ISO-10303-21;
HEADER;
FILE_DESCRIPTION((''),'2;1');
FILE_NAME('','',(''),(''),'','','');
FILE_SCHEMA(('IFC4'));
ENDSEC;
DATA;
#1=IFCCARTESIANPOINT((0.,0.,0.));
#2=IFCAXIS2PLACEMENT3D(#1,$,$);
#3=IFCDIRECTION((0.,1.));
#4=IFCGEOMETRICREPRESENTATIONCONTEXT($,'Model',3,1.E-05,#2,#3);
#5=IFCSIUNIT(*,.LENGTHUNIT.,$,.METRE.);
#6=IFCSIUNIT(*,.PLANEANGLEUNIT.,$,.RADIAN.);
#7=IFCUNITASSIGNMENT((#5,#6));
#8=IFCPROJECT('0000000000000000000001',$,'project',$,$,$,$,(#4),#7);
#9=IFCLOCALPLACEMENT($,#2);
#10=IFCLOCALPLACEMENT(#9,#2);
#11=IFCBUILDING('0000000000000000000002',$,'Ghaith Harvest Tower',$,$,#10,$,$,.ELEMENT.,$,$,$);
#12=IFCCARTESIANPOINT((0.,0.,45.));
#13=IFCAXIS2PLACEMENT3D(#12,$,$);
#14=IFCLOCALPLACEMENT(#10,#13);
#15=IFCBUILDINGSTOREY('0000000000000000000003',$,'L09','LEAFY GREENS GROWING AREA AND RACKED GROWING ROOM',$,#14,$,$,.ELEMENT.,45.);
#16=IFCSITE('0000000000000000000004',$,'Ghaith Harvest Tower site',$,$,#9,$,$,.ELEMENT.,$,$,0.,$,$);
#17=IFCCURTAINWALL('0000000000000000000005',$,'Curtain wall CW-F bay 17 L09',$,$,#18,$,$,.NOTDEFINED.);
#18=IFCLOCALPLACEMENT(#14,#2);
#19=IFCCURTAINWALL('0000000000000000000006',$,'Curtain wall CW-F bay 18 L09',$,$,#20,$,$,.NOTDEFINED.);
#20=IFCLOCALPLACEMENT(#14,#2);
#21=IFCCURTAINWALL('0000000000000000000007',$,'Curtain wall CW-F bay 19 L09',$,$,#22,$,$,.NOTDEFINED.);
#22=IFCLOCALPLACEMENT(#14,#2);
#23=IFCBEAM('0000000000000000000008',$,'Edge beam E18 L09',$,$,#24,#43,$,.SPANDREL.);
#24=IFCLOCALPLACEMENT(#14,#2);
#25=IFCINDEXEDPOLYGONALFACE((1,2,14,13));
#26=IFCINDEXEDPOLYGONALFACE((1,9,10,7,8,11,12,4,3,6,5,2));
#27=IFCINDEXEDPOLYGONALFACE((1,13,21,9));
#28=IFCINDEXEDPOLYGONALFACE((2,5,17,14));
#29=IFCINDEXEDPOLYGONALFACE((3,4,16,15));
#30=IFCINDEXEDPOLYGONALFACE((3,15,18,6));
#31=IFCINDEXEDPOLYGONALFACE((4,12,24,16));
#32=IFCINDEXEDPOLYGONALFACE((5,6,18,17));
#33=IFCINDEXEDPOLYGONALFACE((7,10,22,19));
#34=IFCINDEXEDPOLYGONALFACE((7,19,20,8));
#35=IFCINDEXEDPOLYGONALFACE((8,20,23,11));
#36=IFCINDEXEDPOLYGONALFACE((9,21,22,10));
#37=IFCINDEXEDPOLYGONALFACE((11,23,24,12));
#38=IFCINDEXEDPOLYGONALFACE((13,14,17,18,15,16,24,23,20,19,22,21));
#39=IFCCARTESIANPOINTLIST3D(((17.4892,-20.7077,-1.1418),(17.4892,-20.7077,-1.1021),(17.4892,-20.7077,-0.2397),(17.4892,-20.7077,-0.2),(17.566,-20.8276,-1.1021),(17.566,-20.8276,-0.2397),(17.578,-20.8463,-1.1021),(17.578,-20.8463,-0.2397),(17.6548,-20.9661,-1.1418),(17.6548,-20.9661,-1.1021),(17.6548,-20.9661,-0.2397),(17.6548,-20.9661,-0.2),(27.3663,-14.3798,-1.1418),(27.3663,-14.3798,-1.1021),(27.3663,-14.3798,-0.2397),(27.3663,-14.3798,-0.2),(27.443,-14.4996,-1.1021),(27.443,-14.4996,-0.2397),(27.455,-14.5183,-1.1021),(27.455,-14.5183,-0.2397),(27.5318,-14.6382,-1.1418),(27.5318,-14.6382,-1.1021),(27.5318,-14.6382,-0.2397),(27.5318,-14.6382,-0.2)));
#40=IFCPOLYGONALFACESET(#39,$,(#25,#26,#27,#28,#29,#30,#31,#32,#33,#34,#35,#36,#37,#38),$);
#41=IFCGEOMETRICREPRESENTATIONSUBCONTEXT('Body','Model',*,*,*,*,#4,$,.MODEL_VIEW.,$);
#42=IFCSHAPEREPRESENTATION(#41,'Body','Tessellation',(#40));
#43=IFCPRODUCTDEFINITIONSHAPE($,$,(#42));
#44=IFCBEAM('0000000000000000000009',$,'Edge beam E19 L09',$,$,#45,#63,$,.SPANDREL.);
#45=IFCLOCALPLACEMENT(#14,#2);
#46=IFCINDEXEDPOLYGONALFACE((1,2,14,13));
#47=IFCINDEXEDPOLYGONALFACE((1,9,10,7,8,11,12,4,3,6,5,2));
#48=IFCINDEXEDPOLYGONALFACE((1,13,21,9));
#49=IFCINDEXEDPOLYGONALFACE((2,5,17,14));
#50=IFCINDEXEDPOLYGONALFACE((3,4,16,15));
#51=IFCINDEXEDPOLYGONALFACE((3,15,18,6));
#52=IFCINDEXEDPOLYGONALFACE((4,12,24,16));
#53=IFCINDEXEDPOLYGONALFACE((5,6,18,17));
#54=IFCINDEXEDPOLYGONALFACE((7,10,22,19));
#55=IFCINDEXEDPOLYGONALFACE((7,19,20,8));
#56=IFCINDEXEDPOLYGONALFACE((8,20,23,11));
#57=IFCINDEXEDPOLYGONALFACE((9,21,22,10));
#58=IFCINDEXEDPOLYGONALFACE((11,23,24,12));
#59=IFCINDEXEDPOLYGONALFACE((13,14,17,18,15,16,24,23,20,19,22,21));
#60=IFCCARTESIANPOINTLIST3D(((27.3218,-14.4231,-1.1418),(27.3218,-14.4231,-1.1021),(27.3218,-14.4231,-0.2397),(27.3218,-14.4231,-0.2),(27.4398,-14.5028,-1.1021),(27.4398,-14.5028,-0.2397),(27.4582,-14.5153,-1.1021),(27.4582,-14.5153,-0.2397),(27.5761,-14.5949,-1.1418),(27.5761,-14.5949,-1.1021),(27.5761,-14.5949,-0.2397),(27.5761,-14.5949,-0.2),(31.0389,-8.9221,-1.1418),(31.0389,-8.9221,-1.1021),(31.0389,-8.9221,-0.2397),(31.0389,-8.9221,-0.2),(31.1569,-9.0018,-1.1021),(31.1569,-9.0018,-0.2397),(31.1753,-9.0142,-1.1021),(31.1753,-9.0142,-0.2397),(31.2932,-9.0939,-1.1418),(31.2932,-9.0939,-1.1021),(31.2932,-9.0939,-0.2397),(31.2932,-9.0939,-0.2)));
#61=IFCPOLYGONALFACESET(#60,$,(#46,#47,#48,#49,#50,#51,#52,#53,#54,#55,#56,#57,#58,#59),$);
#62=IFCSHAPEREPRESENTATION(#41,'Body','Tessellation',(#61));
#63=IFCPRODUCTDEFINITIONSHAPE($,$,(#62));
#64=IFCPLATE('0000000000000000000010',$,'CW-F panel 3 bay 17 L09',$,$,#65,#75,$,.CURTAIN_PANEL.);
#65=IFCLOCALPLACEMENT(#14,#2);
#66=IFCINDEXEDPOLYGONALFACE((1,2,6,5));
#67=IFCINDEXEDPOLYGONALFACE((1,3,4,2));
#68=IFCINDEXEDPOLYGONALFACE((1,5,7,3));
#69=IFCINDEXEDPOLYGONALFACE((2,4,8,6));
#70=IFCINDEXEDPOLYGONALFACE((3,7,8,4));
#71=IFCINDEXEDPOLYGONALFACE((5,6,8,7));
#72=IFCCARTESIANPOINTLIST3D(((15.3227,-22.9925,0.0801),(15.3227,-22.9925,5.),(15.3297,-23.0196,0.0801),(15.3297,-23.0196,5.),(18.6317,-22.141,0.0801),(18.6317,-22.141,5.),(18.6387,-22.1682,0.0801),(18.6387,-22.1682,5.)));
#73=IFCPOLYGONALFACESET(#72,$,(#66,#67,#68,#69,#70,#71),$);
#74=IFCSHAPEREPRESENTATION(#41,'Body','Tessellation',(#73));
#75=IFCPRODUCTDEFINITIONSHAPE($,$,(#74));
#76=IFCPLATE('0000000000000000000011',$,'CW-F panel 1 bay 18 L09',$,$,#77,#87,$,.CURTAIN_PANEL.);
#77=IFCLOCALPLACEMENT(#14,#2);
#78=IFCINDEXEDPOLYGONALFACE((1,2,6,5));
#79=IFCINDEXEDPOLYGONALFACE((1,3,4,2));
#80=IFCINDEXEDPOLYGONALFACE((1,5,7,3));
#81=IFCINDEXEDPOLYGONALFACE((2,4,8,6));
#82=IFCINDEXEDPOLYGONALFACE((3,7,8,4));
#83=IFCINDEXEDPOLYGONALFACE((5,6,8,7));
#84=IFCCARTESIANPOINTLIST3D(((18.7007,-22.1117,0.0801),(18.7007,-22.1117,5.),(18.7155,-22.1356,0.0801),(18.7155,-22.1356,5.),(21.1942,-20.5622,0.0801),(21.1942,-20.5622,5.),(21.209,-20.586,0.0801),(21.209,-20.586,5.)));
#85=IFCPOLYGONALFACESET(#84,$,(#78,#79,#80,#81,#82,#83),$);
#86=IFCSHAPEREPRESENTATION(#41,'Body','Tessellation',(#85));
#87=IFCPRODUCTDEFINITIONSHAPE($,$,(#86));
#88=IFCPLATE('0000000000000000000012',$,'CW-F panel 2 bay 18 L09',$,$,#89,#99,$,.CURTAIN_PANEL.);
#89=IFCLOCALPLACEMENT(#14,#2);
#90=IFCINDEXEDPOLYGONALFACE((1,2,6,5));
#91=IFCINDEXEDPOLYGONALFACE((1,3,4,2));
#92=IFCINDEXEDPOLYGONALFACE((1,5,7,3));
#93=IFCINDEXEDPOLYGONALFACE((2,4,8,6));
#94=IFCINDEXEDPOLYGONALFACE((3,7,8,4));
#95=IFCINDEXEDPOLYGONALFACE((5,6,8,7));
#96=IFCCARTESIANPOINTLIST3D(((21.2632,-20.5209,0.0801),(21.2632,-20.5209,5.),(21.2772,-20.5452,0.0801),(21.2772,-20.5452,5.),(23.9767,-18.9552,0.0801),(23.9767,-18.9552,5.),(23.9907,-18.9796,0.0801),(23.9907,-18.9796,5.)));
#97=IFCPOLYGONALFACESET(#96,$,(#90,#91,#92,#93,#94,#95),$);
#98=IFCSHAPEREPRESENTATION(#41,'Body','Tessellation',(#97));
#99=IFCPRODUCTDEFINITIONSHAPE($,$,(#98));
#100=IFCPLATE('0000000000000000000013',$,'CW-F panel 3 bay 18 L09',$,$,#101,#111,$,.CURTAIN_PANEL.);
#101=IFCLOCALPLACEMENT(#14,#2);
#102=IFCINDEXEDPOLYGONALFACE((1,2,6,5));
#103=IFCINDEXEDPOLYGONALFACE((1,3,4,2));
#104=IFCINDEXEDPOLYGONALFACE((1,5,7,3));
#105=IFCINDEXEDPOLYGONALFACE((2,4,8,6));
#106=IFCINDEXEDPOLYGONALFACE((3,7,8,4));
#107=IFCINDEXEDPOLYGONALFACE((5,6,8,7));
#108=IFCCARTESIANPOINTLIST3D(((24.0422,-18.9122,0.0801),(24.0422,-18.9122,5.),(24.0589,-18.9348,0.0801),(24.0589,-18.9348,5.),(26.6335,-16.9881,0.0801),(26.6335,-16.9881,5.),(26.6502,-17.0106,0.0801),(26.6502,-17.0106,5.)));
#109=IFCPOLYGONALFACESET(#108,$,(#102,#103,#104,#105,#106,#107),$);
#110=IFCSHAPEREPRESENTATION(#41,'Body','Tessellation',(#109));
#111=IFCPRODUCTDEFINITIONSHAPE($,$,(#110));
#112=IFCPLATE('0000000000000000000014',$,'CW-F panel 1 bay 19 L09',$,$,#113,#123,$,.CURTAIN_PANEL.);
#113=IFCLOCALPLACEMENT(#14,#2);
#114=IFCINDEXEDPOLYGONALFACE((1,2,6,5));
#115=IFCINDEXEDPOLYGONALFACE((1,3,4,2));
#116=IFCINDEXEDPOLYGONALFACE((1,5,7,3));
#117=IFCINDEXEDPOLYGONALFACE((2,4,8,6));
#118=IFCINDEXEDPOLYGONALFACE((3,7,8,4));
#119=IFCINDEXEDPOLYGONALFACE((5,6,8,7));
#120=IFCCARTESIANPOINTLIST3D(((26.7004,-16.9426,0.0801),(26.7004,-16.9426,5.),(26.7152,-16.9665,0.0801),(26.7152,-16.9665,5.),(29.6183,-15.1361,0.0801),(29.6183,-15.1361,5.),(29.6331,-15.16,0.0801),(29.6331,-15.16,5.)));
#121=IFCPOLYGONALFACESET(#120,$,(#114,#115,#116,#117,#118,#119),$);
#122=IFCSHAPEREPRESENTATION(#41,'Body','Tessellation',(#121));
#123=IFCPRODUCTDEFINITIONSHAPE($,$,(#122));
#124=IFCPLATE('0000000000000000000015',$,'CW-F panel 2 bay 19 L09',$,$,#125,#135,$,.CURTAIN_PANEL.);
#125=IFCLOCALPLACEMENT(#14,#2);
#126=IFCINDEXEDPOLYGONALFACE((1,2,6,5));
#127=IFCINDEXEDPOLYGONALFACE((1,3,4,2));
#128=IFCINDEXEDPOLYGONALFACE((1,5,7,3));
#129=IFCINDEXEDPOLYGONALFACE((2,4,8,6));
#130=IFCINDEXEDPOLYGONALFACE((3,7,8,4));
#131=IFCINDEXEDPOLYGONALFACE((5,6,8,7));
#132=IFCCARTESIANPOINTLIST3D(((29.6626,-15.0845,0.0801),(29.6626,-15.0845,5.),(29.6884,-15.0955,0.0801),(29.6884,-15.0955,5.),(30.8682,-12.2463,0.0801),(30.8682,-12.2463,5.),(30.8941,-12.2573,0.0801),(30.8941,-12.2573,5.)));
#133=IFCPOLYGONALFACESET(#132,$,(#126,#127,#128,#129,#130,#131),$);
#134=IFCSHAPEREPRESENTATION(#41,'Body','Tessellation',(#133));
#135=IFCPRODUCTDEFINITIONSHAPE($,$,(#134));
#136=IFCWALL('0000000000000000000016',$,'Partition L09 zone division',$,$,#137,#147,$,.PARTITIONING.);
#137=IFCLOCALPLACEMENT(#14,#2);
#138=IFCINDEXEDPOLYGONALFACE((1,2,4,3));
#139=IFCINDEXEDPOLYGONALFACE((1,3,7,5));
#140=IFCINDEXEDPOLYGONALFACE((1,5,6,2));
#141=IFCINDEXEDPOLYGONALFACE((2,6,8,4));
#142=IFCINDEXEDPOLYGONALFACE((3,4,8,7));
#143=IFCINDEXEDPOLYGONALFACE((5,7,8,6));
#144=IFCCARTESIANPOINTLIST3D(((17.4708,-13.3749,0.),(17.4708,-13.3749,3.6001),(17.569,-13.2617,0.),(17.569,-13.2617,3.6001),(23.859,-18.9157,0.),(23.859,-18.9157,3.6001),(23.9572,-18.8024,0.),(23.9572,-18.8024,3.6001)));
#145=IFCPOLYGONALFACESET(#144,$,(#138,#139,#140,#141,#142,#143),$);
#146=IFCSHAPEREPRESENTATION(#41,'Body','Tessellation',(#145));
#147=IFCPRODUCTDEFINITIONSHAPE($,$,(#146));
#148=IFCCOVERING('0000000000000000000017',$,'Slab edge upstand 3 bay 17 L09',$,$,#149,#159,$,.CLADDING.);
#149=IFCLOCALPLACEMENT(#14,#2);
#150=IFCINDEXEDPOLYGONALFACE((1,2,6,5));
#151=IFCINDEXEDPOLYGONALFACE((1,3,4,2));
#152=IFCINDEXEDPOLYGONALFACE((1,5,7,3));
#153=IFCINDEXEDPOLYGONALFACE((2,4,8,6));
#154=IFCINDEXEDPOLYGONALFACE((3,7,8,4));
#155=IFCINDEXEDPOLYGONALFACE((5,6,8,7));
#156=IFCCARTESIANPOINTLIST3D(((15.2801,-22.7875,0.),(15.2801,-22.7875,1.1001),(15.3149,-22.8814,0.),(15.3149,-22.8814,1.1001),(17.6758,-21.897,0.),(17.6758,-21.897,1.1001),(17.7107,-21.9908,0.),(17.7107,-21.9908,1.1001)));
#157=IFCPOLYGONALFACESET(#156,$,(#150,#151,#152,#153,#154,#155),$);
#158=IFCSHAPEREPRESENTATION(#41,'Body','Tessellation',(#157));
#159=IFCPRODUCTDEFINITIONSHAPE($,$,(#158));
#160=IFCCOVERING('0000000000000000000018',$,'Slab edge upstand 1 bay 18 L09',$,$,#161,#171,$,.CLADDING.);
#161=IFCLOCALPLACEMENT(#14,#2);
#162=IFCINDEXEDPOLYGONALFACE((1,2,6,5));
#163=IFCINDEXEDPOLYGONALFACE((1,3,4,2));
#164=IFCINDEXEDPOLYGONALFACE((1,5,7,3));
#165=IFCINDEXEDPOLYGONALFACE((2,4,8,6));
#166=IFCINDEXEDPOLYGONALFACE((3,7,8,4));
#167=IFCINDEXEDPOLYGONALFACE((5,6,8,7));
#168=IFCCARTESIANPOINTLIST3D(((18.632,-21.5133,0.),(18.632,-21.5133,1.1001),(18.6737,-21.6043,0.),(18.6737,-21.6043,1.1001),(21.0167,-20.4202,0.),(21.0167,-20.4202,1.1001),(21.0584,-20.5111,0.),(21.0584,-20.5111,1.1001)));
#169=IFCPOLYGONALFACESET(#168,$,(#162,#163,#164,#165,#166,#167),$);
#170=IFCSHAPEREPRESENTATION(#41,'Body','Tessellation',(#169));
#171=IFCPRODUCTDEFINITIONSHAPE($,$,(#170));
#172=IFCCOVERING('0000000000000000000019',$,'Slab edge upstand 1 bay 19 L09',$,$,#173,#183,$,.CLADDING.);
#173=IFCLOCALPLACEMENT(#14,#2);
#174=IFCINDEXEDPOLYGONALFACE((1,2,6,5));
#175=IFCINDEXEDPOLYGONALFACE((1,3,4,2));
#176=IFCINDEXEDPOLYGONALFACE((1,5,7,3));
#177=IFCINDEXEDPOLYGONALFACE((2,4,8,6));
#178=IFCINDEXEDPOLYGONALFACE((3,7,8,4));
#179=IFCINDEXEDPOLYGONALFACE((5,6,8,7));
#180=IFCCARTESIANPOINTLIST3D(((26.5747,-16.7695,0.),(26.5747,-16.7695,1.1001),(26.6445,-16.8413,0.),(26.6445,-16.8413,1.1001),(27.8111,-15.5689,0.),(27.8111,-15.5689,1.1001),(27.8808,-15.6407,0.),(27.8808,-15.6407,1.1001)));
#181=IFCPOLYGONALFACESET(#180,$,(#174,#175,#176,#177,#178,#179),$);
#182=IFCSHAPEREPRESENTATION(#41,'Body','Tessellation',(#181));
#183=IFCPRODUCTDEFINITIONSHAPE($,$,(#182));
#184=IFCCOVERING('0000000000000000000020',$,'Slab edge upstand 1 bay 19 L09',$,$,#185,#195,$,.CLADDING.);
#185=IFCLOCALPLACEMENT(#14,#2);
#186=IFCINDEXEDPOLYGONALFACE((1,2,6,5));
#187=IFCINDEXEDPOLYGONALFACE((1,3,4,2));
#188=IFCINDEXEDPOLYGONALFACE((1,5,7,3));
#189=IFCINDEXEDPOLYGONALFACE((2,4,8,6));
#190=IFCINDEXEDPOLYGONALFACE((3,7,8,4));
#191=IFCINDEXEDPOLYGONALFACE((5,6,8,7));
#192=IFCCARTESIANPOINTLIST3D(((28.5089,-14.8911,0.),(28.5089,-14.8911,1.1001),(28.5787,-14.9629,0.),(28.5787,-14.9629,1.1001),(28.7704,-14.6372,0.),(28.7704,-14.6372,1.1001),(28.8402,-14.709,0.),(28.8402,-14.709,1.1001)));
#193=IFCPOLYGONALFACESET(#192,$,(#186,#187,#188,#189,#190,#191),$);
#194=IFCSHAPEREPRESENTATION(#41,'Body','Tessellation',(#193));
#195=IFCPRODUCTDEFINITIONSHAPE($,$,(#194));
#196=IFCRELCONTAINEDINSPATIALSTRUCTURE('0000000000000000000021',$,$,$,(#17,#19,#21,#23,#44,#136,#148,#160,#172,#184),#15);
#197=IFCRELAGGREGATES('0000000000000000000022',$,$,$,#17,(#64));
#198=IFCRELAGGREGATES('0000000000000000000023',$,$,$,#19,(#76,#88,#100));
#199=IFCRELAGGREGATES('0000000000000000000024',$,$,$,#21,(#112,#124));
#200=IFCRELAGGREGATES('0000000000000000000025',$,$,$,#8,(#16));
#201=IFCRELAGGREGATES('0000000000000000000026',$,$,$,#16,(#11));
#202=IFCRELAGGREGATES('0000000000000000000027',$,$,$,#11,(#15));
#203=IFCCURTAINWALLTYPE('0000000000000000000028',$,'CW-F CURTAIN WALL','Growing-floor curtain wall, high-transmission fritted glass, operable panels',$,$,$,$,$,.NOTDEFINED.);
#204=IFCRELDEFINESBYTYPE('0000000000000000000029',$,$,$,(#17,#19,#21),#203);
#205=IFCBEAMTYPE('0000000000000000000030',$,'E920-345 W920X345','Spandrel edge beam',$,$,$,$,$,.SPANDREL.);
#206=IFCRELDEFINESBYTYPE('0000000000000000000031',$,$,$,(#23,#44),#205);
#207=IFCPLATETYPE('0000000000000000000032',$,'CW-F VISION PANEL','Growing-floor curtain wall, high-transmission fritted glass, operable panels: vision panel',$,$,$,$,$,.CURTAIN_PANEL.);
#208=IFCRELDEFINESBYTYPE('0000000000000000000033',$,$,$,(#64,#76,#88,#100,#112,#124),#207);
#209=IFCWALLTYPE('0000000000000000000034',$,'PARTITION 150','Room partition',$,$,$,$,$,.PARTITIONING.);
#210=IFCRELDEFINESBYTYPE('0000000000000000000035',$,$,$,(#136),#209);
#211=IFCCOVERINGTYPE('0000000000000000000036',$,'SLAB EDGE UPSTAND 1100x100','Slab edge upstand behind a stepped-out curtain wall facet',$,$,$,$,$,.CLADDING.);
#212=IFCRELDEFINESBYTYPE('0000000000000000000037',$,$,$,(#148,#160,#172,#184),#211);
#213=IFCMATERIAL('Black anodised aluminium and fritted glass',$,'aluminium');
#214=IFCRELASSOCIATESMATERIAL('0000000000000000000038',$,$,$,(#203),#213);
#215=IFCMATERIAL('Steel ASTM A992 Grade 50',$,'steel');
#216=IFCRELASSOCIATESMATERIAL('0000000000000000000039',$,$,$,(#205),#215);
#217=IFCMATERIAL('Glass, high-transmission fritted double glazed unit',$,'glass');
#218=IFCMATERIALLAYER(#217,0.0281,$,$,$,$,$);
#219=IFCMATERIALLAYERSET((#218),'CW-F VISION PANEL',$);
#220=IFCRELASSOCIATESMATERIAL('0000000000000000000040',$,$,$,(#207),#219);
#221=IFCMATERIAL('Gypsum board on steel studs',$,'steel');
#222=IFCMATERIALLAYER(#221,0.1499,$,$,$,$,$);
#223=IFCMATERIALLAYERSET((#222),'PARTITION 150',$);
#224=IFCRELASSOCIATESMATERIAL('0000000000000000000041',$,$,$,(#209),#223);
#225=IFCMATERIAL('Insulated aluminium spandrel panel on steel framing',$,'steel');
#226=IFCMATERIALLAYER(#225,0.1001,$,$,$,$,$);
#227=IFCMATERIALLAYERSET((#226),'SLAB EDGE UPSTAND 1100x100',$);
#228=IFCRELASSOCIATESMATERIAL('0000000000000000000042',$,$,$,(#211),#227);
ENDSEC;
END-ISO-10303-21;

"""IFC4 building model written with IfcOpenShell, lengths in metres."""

from ifc_helpers import new_model, si_unit, direction, frame, frame_2d, origin, origin_2d, place, context, subcontext, project, spatial, rectangle, i_section, extrude, material, layer, layer_set, material_profile, profile_set, type_object, element, aggregate, save


model = new_model("IFC4")

# Units and contexts
model_context = context("Model", 3, precision=1e-05, world=origin(), true_north=direction((0.0, 1.0)))
body_context = subcontext(model_context, "Body", "Model", "MODEL_VIEW")
ifc_project = project(units=[si_unit("LENGTHUNIT", "METRE"), si_unit("PLANEANGLEUNIT", "RADIAN")], contexts=[model_context])

# Site, building, storey
site_placement = place(None, origin())
site = spatial("IfcSite", under=ifc_project, at=site_placement, Name="Ghaith Harvest Tower site", CompositionType="ELEMENT", RefElevation=0.0)
building_placement = place(site_placement, origin())
building = spatial("IfcBuilding", under=site, at=building_placement, Name="Ghaith Harvest Tower", CompositionType="ELEMENT")
storey_placement = place(building_placement, frame((0.0, 0.0, 45.0)))
storey = spatial("IfcBuildingStorey", under=building, at=storey_placement, Name="L09", Description="LEAFY GREENS GROWING AREA AND RACKED GROWING ROOM", CompositionType="ELEMENT", Elevation=45.0)

# Curtain wall
ifc_material_1 = material(Name="Black anodised aluminium and fritted glass", Category="aluminium")
curtain_wall_type = type_object("IfcCurtainWallType", Name="CW-F CURTAIN WALL", Description="Growing-floor curtain wall, high-transmission fritted glass, operable panels", PredefinedType="NOTDEFINED", material=ifc_material_1)
curtain_wall_1_placement = place(storey_placement, origin())
curtain_wall_1 = element("IfcCurtainWall", 1, at=curtain_wall_1_placement, inside=storey, type_object=curtain_wall_type, Name="Curtain wall CW-F bay 17 L09", PredefinedType="NOTDEFINED")

# Curtain walls
curtain_wall_2_placement = place(storey_placement, origin())
curtain_wall_2 = element("IfcCurtainWall", 2, at=curtain_wall_2_placement, inside=storey, type_object=curtain_wall_type, Name="Curtain wall CW-F bay 18 L09", PredefinedType="NOTDEFINED")
curtain_wall_3_placement = place(storey_placement, origin())
curtain_wall_3 = element("IfcCurtainWall", 3, at=curtain_wall_3_placement, inside=storey, type_object=curtain_wall_type, Name="Curtain wall CW-F bay 19 L09", PredefinedType="NOTDEFINED")

# Beams
ifc_material_2 = material(Name="Steel ASTM A992 Grade 50", Category="steel")
ifc_material_profile_1 = material_profile(ifc_material_2, i_section(OverallWidth=0.3069, OverallDepth=0.9419, WebThickness=0.0222, FlangeThickness=0.0398, at=origin_2d()), Name="W920X345")
ifc_profile_set_1 = profile_set([ifc_material_profile_1], Name="Steel ASTM A992 Grade 50")
beam_type = type_object("IfcBeamType", Name="E920-345 W920X345", Description="Spandrel edge beam", PredefinedType="SPANDREL", material=ifc_profile_set_1)
beam_1_placement = place(storey_placement, frame((17.572, -20.8369, -0.6709), z_axis=(0.842015, 0.539455, 0.0), x_axis=(-0.539455, 0.842015, 0.0)))
element("IfcBeam", 4, at=beam_1_placement, inside=storey, type_object=beam_type, Name="Edge beam E18 L09", PredefinedType="SPANDREL", context=body_context, shape_type="SweptSolid", body=[
    extrude(i_section(OverallWidth=0.3069, OverallDepth=0.9419, WebThickness=0.0222, FlangeThickness=0.0398, at=origin_2d()), origin(), (0.0, 0.0, 1.0), 11.7302),
])
beam_2_placement = place(storey_placement, frame((27.449, -14.509, -0.6709), z_axis=(0.559874, 0.828577, 0.0), x_axis=(-0.828577, 0.559874, 0.0)))
element("IfcBeam", 5, at=beam_2_placement, inside=storey, type_object=beam_type, Name="Edge beam E19 L09", PredefinedType="SPANDREL", context=body_context, shape_type="SweptSolid", body=[
    extrude(i_section(OverallWidth=0.3069, OverallDepth=0.9419, WebThickness=0.0222, FlangeThickness=0.0398, at=origin_2d()), origin(), (0.0, 0.0, 1.0), 6.6392),
])

# Plates
ifc_material_3 = material(Name="Glass, high-transmission fritted double glazed unit", Category="glass")
ifc_layer_1 = layer(ifc_material_3, 0.0281)
ifc_layer_set_1 = layer_set([ifc_layer_1], Name="CW-F VISION PANEL")
plate_type = type_object("IfcPlateType", Name="CW-F VISION PANEL", Description="Growing-floor curtain wall, high-transmission fritted glass, operable panels: vision panel", PredefinedType="CURTAIN_PANEL", material=ifc_layer_set_1)
plate_1_placement = place(storey_placement, frame((16.9807, -22.5803, 0.0801), z_axis=(0.0, 0.0, 1.0), x_axis=(0.968451, 0.249202, 0.0)))
plate_1 = element("IfcPlate", 6, at=plate_1_placement, type_object=plate_type, Name="CW-F panel 3 bay 17 L09", PredefinedType="CURTAIN_PANEL", context=body_context, shape_type="SweptSolid", body=[
    extrude(rectangle(XDim=3.4167, YDim=0.0281, at=origin_2d()), origin(), (0.0, 0.0, 1.0), 4.9199),
])
aggregate(curtain_wall_1, [plate_1])
plate_2_placement = place(storey_placement, frame((19.9548, -21.3489, 0.0801), z_axis=(0.0, 0.0, 1.0), x_axis=(0.849361, 0.527813, 0.0)))
plate_2 = element("IfcPlate", 7, at=plate_2_placement, type_object=plate_type, Name="CW-F panel 1 bay 18 L09", PredefinedType="CURTAIN_PANEL", context=body_context, shape_type="SweptSolid", body=[
    extrude(rectangle(XDim=2.9358, YDim=0.0281, at=origin_2d()), origin(), (0.0, 0.0, 1.0), 4.9199),
])
plate_3_placement = place(storey_placement, frame((22.627, -19.7502, 0.0801), z_axis=(0.0, 0.0, 1.0), x_axis=(0.866159, 0.499768, 0.0)))
plate_3 = element("IfcPlate", 8, at=plate_3_placement, type_object=plate_type, Name="CW-F panel 2 bay 18 L09", PredefinedType="CURTAIN_PANEL", context=body_context, shape_type="SweptSolid", body=[
    extrude(rectangle(XDim=3.1328, YDim=0.0281, at=origin_2d()), origin(), (0.0, 0.0, 1.0), 4.9199),
])
plate_4_placement = place(storey_placement, frame((25.3462, -17.9614, 0.0801), z_axis=(0.0, 0.0, 1.0), x_axis=(0.802867, 0.596158, 0.0)))
plate_4 = element("IfcPlate", 9, at=plate_4_placement, type_object=plate_type, Name="CW-F panel 3 bay 18 L09", PredefinedType="CURTAIN_PANEL", context=body_context, shape_type="SweptSolid", body=[
    extrude(rectangle(XDim=3.2275, YDim=0.0281, at=origin_2d()), origin(), (0.0, 0.0, 1.0), 4.9199),
])
aggregate(curtain_wall_2, [plate_2, plate_3, plate_4])
plate_5_placement = place(storey_placement, frame((28.1667, -16.0513, 0.0801), z_axis=(0.0, 0.0, 1.0), x_axis=(0.850246, 0.526386, 0.0)))
plate_5 = element("IfcPlate", 10, at=plate_5_placement, type_object=plate_type, Name="CW-F panel 1 bay 19 L09", PredefinedType="CURTAIN_PANEL", context=body_context, shape_type="SweptSolid", body=[
    extrude(rectangle(XDim=3.4319, YDim=0.0281, at=origin_2d()), origin(), (0.0, 0.0, 1.0), 4.9199),
])
plate_6_placement = place(storey_placement, frame((30.2783, -13.6709, 0.0801), z_axis=(0.0, 0.0, 1.0), x_axis=(0.39098, 0.920399, 0.0)))
plate_6 = element("IfcPlate", 11, at=plate_6_placement, type_object=plate_type, Name="CW-F panel 2 bay 19 L09", PredefinedType="CURTAIN_PANEL", context=body_context, shape_type="SweptSolid", body=[
    extrude(rectangle(XDim=3.0837, YDim=0.0281, at=origin_2d()), origin(), (0.0, 0.0, 1.0), 4.9199),
])
aggregate(curtain_wall_3, [plate_5, plate_6])

# Wall
ifc_material_4 = material(Name="Gypsum board on steel studs", Category="steel")
ifc_layer_2 = layer(ifc_material_4, 0.1499)
ifc_layer_set_2 = layer_set([ifc_layer_2], Name="PARTITION 150")
wall_type = type_object("IfcWallType", Name="PARTITION 150", Description="Room partition", PredefinedType="PARTITIONING", material=ifc_layer_set_2)
wall_placement = place(storey_placement, frame((17.52, -13.3184, 0.0), z_axis=(0.0, 0.0, 1.0), x_axis=(0.755435, -0.655224, 0.0)))
element("IfcWall", 12, at=wall_placement, inside=storey, type_object=wall_type, Name="Partition L09 zone division", PredefinedType="PARTITIONING", context=body_context, shape_type="SweptSolid", body=[
    extrude(rectangle(XDim=8.4563, YDim=0.1499, at=frame_2d((4.228, 0.0))), origin(), (0.0, 0.0, 1.0), 3.6001),
])

# Coverings
ifc_material_5 = material(Name="Insulated aluminium spandrel panel on steel framing", Category="steel")
ifc_layer_3 = layer(ifc_material_5, 0.1001)
ifc_layer_set_3 = layer_set([ifc_layer_3], Name="SLAB EDGE UPSTAND 1100x100")
covering_type = type_object("IfcCoveringType", Name="SLAB EDGE UPSTAND 1100x100", Description="Slab edge upstand behind a stepped-out curtain wall facet", PredefinedType="CLADDING", material=ifc_layer_set_3)
covering_1_placement = place(storey_placement, frame((16.4954, -22.3892, 0.0), z_axis=(0.0, 0.0, 1.0), x_axis=(0.937332, 0.348438, 0.0)))
element("IfcCovering", 13, at=covering_1_placement, inside=storey, type_object=covering_type, Name="Slab edge upstand 3 bay 17 L09", PredefinedType="CLADDING", context=body_context, shape_type="SweptSolid", body=[
    extrude(rectangle(XDim=2.5559, YDim=0.1001, at=origin_2d()), origin(), (0.0, 0.0, 1.0), 1.1001),
])
covering_2_placement = place(storey_placement, frame((19.8452, -21.0122, 0.0), z_axis=(0.0, 0.0, 1.0), x_axis=(0.909046, 0.416696, 0.0)))
element("IfcCovering", 14, at=covering_2_placement, inside=storey, type_object=covering_type, Name="Slab edge upstand 1 bay 18 L09", PredefinedType="CLADDING", context=body_context, shape_type="SweptSolid", body=[
    extrude(rectangle(XDim=2.6233, YDim=0.1001, at=origin_2d()), origin(), (0.0, 0.0, 1.0), 1.1001),
])
covering_3_placement = place(storey_placement, frame((27.2278, -16.2051, 0.0), z_axis=(0.0, 0.0, 1.0), x_axis=(0.717386, 0.696675, 0.0)))
element("IfcCovering", 15, at=covering_3_placement, inside=storey, type_object=covering_type, Name="Slab edge upstand 1 bay 19 L09", PredefinedType="CLADDING", context=body_context, shape_type="SweptSolid", body=[
    extrude(rectangle(XDim=1.7234, YDim=0.1001, at=origin_2d()), origin(), (0.0, 0.0, 1.0), 1.1001),
])
covering_4_placement = place(storey_placement, frame((28.6746, -14.8, 0.0), z_axis=(0.0, 0.0, 1.0), x_axis=(0.717386, 0.696675, 0.0)))
element("IfcCovering", 16, at=covering_4_placement, inside=storey, type_object=covering_type, Name="Slab edge upstand 1 bay 19 L09", PredefinedType="CLADDING", context=body_context, shape_type="SweptSolid", body=[
    extrude(rectangle(XDim=0.3645, YDim=0.1001, at=origin_2d()), origin(), (0.0, 0.0, 1.0), 1.1001),
])

save(model, "model.ifc")
